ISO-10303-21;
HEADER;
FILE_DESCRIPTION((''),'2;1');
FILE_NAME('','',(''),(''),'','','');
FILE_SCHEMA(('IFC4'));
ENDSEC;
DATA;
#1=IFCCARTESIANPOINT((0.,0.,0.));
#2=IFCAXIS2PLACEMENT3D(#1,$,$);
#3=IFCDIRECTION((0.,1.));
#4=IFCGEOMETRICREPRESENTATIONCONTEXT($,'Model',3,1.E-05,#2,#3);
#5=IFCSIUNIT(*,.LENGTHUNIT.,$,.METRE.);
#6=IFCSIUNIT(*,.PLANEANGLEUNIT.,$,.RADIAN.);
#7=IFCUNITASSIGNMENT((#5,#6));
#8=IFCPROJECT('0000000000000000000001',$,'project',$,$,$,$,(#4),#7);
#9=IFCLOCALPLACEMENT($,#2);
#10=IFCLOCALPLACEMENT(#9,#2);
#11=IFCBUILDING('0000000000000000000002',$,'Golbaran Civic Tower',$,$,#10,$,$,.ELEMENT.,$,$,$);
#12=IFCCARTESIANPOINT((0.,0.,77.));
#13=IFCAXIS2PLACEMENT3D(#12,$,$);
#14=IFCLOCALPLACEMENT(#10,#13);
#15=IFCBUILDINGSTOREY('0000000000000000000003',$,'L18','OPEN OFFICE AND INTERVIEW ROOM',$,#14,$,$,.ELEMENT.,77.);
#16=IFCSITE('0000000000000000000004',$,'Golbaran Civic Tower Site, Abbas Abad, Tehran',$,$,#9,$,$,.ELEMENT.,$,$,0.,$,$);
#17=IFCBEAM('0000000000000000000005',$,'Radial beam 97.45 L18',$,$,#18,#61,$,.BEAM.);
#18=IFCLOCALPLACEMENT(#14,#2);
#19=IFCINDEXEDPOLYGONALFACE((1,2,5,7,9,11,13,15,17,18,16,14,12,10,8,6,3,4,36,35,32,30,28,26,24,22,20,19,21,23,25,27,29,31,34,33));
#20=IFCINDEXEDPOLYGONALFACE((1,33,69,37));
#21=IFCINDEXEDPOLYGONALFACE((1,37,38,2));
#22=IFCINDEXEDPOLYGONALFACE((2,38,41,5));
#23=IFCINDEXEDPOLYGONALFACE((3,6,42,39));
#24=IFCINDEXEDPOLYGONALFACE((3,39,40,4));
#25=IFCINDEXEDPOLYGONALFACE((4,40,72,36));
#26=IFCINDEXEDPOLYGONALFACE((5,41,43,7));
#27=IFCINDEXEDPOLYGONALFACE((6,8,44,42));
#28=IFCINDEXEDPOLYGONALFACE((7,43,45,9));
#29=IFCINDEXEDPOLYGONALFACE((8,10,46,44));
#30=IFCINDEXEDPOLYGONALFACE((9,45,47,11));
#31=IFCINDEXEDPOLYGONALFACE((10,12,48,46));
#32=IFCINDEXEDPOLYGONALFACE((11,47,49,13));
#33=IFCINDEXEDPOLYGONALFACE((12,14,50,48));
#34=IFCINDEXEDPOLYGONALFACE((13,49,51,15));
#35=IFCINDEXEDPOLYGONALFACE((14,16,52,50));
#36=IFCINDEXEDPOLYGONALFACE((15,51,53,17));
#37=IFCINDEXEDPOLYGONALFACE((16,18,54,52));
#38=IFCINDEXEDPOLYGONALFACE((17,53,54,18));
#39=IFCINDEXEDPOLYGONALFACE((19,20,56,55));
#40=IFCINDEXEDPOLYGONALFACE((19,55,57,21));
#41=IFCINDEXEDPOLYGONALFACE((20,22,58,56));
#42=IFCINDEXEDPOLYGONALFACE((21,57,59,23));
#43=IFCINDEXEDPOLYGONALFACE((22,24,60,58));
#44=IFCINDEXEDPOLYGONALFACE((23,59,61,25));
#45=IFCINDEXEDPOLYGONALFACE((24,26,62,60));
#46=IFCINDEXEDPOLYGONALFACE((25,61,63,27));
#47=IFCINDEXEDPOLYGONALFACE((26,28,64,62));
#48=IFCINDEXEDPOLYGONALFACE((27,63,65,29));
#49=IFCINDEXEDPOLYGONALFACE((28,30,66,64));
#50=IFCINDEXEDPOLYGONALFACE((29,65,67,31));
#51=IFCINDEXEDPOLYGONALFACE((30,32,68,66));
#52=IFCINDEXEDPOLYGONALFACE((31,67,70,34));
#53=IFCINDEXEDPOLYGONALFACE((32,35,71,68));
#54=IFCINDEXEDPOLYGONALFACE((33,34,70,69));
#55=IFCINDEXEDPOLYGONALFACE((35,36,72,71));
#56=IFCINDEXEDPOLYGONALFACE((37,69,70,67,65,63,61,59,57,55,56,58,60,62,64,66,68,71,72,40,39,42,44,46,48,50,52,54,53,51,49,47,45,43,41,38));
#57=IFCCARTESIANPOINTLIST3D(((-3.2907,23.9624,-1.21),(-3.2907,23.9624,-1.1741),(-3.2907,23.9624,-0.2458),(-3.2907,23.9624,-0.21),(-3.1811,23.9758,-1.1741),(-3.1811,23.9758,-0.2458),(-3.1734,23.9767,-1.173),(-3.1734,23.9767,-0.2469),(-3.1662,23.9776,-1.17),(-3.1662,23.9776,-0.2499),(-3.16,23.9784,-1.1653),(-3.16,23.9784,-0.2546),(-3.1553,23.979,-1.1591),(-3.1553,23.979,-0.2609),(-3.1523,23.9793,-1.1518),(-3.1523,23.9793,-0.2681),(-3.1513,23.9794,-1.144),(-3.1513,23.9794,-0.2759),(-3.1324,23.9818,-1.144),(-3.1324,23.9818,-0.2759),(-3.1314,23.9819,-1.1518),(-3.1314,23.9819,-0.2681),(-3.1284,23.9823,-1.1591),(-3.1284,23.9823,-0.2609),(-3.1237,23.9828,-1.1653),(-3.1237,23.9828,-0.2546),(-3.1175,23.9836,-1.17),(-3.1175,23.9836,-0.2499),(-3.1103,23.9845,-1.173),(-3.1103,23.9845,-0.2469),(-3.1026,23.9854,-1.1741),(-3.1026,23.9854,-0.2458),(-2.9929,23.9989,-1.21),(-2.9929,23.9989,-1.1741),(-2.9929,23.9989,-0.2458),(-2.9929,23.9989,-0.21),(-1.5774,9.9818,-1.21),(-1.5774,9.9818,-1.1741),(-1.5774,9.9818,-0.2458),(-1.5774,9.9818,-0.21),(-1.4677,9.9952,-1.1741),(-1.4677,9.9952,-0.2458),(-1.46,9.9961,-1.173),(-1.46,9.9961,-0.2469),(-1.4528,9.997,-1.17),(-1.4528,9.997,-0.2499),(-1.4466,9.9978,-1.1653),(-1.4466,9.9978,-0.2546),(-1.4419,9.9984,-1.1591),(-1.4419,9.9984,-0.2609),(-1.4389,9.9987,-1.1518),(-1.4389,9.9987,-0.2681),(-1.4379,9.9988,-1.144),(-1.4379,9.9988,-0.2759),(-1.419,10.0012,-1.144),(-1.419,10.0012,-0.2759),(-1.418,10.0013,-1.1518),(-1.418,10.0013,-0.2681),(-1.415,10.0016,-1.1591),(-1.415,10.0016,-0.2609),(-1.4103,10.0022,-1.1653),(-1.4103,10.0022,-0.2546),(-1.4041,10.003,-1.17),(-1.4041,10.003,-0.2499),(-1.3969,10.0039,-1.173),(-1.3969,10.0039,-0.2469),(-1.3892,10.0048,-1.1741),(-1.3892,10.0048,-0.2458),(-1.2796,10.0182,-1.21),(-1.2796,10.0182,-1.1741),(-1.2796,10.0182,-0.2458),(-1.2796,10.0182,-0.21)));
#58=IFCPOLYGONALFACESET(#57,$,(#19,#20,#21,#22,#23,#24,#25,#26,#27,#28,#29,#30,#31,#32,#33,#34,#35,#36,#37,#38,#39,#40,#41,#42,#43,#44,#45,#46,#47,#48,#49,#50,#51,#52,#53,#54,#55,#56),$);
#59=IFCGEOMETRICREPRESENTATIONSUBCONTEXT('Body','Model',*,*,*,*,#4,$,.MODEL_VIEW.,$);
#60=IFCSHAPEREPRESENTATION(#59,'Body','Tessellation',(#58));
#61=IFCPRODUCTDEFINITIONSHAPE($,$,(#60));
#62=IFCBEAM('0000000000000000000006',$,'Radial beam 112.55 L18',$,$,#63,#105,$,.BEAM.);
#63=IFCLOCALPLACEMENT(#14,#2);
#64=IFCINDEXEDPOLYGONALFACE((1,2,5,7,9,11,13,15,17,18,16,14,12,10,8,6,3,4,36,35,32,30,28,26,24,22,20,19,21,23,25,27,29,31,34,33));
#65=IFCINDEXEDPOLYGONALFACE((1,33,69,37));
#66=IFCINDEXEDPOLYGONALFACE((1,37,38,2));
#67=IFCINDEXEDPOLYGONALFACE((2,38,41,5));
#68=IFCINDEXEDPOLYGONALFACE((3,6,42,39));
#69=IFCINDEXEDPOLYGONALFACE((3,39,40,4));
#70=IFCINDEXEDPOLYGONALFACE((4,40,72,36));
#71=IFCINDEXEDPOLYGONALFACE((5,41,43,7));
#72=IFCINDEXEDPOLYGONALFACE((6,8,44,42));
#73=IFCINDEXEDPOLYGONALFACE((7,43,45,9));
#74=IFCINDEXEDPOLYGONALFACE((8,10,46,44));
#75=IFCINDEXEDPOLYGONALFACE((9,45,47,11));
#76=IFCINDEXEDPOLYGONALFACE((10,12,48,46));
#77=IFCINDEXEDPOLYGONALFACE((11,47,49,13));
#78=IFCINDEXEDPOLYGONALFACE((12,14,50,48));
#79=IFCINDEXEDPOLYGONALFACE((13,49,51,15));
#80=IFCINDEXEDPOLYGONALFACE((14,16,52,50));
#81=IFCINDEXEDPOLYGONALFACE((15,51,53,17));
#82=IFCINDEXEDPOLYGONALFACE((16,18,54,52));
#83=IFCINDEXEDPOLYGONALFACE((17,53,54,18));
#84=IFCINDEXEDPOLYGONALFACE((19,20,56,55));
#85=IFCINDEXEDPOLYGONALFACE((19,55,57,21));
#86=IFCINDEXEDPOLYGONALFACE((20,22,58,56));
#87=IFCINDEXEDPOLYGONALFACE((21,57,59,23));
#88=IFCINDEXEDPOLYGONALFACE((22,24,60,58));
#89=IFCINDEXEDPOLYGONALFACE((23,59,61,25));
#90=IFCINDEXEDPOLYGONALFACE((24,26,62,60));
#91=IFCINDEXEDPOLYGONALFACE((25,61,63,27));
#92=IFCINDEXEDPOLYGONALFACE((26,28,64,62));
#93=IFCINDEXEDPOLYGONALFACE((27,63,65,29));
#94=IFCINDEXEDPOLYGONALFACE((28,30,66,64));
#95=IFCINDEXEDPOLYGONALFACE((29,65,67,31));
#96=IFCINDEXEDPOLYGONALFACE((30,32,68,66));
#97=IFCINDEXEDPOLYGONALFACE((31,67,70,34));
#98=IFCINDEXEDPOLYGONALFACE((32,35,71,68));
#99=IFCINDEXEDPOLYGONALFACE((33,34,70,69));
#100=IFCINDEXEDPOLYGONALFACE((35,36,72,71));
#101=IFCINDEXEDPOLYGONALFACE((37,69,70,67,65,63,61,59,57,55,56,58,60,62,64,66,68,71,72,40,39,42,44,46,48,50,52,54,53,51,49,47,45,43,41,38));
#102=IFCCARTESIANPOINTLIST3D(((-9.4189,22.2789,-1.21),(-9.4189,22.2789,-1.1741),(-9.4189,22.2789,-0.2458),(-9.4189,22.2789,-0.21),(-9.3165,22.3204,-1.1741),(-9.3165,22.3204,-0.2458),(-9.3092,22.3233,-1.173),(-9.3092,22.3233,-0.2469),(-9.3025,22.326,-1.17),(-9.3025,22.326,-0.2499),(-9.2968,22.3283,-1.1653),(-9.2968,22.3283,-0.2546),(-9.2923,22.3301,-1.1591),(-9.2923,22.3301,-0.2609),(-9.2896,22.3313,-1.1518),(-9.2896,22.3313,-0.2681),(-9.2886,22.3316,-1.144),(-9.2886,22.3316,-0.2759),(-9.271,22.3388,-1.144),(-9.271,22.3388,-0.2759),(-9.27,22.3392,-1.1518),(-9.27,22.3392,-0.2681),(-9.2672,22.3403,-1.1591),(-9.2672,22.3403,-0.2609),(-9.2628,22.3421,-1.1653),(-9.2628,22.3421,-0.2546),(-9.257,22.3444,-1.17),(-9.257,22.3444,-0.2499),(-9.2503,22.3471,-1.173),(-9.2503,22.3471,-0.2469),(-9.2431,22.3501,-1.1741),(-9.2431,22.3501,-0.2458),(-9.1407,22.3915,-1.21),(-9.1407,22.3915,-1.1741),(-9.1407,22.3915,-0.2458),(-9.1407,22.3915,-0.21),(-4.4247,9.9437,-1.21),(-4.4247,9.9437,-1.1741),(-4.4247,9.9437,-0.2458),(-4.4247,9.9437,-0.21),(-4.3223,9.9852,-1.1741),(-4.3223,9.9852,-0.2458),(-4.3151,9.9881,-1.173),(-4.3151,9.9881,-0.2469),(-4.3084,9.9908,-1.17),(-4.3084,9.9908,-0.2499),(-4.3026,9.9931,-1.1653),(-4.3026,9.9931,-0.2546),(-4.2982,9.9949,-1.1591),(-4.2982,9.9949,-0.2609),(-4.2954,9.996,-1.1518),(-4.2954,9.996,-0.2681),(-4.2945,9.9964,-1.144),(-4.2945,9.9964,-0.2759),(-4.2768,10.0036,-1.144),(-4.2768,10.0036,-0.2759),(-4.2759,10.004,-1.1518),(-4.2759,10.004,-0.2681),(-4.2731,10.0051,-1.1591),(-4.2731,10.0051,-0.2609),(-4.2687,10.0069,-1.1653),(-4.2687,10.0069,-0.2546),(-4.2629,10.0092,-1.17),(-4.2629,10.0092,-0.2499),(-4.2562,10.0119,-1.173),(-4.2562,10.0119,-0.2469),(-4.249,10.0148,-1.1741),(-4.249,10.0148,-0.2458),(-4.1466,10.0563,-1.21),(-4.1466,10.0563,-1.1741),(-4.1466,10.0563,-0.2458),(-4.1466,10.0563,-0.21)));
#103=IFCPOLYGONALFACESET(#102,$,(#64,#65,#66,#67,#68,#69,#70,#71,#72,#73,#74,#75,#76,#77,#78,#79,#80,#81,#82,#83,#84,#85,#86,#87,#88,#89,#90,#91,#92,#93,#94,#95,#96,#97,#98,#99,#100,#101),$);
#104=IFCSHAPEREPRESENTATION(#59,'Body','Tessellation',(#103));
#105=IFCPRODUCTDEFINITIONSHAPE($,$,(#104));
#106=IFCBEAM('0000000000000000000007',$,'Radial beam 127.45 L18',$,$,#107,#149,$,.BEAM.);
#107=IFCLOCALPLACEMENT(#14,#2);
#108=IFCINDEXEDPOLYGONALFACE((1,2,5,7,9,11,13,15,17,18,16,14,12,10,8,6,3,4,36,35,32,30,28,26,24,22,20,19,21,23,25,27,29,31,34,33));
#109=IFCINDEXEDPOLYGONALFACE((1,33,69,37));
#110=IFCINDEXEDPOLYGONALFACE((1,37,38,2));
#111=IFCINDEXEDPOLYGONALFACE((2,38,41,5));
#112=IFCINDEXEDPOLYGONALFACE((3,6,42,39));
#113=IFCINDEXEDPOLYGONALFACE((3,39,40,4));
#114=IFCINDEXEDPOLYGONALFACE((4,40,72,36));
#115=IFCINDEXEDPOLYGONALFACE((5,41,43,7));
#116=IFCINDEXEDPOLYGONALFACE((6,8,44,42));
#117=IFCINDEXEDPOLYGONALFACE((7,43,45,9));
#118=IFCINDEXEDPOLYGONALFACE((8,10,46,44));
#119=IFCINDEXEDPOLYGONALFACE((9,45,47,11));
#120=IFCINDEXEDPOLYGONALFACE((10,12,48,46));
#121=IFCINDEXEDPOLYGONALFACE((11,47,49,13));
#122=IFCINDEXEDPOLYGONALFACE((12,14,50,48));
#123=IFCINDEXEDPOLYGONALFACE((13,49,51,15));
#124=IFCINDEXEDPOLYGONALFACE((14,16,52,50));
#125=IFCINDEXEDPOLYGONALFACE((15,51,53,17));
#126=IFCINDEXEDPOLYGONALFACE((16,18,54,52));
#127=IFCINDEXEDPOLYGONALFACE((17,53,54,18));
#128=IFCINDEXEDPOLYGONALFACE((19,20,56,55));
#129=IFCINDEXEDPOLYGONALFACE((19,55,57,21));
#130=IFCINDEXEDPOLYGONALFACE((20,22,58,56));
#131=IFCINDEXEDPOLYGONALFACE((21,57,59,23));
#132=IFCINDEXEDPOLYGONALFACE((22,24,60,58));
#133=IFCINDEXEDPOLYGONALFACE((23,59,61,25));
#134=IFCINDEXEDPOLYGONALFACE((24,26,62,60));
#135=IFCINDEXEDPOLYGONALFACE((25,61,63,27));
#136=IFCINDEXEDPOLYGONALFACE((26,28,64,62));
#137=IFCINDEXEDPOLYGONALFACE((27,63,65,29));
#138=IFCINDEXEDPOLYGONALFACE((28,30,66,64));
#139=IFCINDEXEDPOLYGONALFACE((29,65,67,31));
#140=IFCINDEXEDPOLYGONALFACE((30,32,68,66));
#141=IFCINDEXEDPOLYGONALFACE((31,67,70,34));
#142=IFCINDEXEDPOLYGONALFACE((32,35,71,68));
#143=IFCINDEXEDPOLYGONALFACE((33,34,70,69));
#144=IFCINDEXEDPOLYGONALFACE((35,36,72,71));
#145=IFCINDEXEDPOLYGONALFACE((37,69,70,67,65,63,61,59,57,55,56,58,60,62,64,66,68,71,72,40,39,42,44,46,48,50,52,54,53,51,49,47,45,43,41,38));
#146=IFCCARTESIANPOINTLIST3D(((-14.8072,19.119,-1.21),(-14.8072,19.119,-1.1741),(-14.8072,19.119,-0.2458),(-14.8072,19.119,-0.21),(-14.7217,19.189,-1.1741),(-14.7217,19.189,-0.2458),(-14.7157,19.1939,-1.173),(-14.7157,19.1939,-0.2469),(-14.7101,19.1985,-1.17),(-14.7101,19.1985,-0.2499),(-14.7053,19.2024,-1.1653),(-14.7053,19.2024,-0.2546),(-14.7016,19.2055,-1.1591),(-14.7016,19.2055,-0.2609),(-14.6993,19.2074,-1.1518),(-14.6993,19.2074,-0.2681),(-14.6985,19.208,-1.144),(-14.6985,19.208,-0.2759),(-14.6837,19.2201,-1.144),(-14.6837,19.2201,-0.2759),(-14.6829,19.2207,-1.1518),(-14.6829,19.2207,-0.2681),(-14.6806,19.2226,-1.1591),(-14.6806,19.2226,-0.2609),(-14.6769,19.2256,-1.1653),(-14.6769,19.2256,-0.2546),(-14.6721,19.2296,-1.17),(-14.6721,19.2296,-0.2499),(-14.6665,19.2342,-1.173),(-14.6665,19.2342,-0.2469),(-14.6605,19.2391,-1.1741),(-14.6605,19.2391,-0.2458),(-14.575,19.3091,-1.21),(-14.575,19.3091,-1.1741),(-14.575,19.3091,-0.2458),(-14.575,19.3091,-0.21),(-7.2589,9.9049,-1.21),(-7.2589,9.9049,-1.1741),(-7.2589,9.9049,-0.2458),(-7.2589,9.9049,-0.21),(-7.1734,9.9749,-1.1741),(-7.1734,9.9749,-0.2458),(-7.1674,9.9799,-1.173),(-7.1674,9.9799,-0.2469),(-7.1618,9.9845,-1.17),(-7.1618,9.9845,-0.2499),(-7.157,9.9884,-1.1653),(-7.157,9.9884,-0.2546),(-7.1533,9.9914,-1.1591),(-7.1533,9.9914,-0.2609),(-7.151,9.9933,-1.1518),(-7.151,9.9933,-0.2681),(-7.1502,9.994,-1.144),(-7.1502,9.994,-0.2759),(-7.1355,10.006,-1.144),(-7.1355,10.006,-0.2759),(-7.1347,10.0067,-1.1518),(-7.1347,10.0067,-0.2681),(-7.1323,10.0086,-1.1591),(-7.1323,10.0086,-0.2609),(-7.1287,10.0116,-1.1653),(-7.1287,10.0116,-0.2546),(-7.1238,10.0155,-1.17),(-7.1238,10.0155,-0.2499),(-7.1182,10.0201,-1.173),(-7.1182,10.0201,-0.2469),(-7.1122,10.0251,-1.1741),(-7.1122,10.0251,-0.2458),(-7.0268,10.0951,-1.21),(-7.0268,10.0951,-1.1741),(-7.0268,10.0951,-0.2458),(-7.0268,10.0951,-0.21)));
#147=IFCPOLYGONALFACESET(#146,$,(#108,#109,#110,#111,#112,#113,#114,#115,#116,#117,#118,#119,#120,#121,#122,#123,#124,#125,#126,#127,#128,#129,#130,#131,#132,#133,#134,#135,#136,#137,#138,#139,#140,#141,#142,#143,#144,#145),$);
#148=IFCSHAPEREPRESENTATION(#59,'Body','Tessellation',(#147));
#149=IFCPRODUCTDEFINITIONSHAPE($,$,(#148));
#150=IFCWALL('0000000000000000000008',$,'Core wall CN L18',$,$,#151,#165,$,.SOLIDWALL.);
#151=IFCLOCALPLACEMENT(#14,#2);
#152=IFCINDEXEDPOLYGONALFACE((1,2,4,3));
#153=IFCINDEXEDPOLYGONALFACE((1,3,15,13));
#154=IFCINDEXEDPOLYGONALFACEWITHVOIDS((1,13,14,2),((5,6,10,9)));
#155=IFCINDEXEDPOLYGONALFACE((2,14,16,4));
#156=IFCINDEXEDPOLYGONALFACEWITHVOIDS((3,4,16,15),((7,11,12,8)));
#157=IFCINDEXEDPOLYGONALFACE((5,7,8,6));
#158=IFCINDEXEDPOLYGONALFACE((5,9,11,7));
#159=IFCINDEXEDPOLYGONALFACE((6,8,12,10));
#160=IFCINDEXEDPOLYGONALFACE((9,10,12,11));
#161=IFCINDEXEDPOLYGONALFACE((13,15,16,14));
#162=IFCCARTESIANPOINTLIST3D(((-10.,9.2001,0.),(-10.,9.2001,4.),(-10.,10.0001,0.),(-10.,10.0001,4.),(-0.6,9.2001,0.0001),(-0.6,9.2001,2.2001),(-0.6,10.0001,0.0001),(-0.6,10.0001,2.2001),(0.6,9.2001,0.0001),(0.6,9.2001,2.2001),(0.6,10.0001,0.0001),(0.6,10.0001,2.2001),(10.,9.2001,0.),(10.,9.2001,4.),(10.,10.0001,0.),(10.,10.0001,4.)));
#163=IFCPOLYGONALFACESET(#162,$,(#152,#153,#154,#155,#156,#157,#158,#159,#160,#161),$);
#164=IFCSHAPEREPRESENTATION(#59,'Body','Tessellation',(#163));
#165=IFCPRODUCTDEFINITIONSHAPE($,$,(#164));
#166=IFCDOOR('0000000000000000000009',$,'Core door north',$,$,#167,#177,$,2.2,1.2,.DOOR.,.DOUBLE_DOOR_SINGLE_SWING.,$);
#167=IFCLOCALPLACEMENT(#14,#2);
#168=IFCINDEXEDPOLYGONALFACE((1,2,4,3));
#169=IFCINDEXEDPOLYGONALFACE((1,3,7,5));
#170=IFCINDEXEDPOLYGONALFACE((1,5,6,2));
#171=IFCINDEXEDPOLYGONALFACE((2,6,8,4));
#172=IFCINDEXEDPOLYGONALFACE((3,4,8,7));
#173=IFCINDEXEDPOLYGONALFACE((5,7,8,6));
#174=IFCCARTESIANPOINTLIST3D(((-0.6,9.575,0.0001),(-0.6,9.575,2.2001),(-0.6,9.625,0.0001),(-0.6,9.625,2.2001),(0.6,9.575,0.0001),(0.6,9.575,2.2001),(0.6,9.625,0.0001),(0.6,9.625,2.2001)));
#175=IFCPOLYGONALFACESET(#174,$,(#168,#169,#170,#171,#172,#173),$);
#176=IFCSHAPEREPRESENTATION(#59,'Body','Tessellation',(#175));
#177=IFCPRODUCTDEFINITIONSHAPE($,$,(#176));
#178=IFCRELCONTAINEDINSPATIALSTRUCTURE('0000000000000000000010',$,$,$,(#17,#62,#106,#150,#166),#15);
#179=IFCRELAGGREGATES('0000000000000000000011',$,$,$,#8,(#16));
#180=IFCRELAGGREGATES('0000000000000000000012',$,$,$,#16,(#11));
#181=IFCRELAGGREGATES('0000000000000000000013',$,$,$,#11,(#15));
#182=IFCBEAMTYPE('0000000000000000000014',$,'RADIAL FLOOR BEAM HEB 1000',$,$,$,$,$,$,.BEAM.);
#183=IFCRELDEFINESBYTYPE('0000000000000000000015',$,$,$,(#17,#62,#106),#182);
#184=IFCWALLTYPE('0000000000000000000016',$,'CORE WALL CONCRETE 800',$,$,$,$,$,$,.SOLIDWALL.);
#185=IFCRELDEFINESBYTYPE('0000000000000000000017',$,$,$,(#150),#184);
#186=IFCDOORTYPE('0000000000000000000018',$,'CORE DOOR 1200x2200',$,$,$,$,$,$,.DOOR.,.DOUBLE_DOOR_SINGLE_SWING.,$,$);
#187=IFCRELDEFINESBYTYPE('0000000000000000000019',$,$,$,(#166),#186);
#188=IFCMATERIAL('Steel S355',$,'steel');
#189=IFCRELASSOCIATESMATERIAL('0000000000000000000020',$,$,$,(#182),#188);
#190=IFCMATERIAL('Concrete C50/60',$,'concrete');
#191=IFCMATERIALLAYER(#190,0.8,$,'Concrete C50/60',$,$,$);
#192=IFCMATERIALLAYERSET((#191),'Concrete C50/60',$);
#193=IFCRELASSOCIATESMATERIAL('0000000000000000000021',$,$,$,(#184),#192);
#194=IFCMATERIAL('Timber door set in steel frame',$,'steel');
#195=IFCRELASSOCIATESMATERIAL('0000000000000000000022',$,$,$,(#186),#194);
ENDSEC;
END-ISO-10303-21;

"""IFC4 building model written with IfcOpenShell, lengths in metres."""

from ifc_helpers import new_model, si_unit, direction, frame, frame_2d, origin, origin_2d, place, context, subcontext, project, spatial, rectangle, i_section, extrude, material, layer, layer_set, material_profile, profile_set, type_object, element, fill, save


model = new_model("IFC4")

# Units and contexts
model_context = context("Model", 3, precision=1e-05, world=origin(), true_north=direction((0.0, 1.0)))
body_context = subcontext(model_context, "Body", "Model", "MODEL_VIEW")
ifc_project = project(units=[si_unit("LENGTHUNIT", "METRE"), si_unit("PLANEANGLEUNIT", "RADIAN")], contexts=[model_context])

# Site, building, storey
site_placement = place(None, origin())
site = spatial("IfcSite", under=ifc_project, at=site_placement, Name="Golbaran Civic Tower Site, Abbas Abad, Tehran", CompositionType="ELEMENT", RefElevation=0.0)
building_placement = place(site_placement, origin())
building = spatial("IfcBuilding", under=site, at=building_placement, Name="Golbaran Civic Tower", CompositionType="ELEMENT")
storey_placement = place(building_placement, frame((0.0, 0.0, 77.0)))
storey = spatial("IfcBuildingStorey", under=building, at=storey_placement, Name="L18", Description="OPEN OFFICE AND INTERVIEW ROOM", CompositionType="ELEMENT", Elevation=77.0)

# Beams
ifc_material_1 = material(Name="Steel S355", Category="steel")
ifc_material_profile_1 = material_profile(ifc_material_1, i_section(OverallWidth=0.3, OverallDepth=1.0, WebThickness=0.019, FlangeThickness=0.0359, FilletRadius=0.03, at=origin_2d()), Name="HEB 1000")
ifc_profile_set_1 = profile_set([ifc_material_profile_1], Name="Steel S355")
beam_type_1 = type_object("IfcBeamType", Name="RADIAL FLOOR BEAM HEB 1000", PredefinedType="BEAM", material=ifc_profile_set_1)
beam_1_placement = place(storey_placement, frame((-1.4285, 10.0, -0.71), z_axis=(-0.121643, 0.992574, 0.0), x_axis=(-0.992574, -0.121643, 0.0)))
element("IfcBeam", 1, at=beam_1_placement, inside=storey, type_object=beam_type_1, Name="Radial beam 97.45 L18", PredefinedType="BEAM", context=body_context, shape_type="SweptSolid", body=[
    extrude(i_section(OverallWidth=0.3, OverallDepth=1.0, WebThickness=0.019, FlangeThickness=0.0359, FilletRadius=0.03, at=origin_2d()), origin(), (0.0, 0.0, 1.0), 14.0852),
])
beam_2_placement = place(storey_placement, frame((-4.2856, 10.0, -0.71), z_axis=(-0.375278, 0.926912, 0.0), x_axis=(-0.926912, -0.375278, 0.0)))
element("IfcBeam", 2, at=beam_2_placement, inside=storey, type_object=beam_type_1, Name="Radial beam 112.55 L18", PredefinedType="BEAM", context=body_context, shape_type="SweptSolid", body=[
    extrude(i_section(OverallWidth=0.3, OverallDepth=1.0, WebThickness=0.019, FlangeThickness=0.0359, FilletRadius=0.03, at=origin_2d()), origin(), (0.0, 0.0, 1.0), 13.3079),
])
beam_3_placement = place(storey_placement, frame((-7.1428, 10.0, -0.71), z_axis=(-0.633717, 0.773565, 0.0), x_axis=(-0.773565, -0.633717, 0.0)))
element("IfcBeam", 3, at=beam_3_placement, inside=storey, type_object=beam_type_1, Name="Radial beam 127.45 L18", PredefinedType="BEAM", context=body_context, shape_type="SweptSolid", body=[
    extrude(i_section(OverallWidth=0.3, OverallDepth=1.0, WebThickness=0.019, FlangeThickness=0.0359, FilletRadius=0.03, at=origin_2d()), origin(), (0.0, 0.0, 1.0), 11.9111),
])

# Wall, opening, door
ifc_material_2 = material(Name="Concrete C50/60", Category="concrete")
ifc_layer_1 = layer(ifc_material_2, 0.8, Name="Concrete C50/60")
ifc_layer_set_1 = layer_set([ifc_layer_1], Name="Concrete C50/60")
wall_type_1 = type_object("IfcWallType", Name="CORE WALL CONCRETE 800", PredefinedType="SOLIDWALL", material=ifc_layer_set_1)
wall_1_placement = place(storey_placement, frame((-10.0, 9.6001, 0.0), z_axis=(0.0, 0.0, 1.0), x_axis=(1.0, 0.0, 0.0)))
wall_1 = element("IfcWall", 4, at=wall_1_placement, inside=storey, type_object=wall_type_1, Name="Core wall CN L18", PredefinedType="SOLIDWALL", context=body_context, shape_type="SweptSolid", body=[
    extrude(rectangle(XDim=20.0, YDim=0.8, at=frame_2d((10.0, 0.0))), origin(), (0.0, 0.0, 1.0), 4.0),
])
opening_1_placement = place(wall_1_placement, frame((9.3999, 0.0, 0.0)))
opening_1 = element("IfcOpeningElement", 5, at=opening_1_placement, cuts=wall_1, PredefinedType="OPENING", context=body_context, shape_type="SweptSolid", body=[
    extrude(rectangle(XDim=1.2, YDim=2.2, at=frame_2d((0.6001, 1.1001))), frame((0.0, 0.4099, 0.0), z_axis=(0.0, -1.0, 0.0), x_axis=(1.0, 0.0, 0.0)), (0.0, 0.0, 1.0), 0.8201),
])
ifc_material_3 = material(Name="Timber door set in steel frame", Category="steel")
door_type_1 = type_object("IfcDoorType", Name="CORE DOOR 1200x2200", OperationType="DOUBLE_DOOR_SINGLE_SWING", PredefinedType="DOOR", material=ifc_material_3)
door_1_placement = place(opening_1_placement, origin())
door_1 = element("IfcDoor", 6, at=door_1_placement, inside=storey, type_object=door_type_1, Name="Core door north", OperationType="DOUBLE_DOOR_SINGLE_SWING", OverallHeight=2.2, OverallWidth=1.2, PredefinedType="DOOR", context=body_context, shape_type="SweptSolid", body=[
    extrude(rectangle(XDim=1.2, YDim=2.2, at=frame_2d((0.6001, 1.1001))), frame((0.0, 0.0249, 0.0), z_axis=(0.0, -1.0, 0.0), x_axis=(1.0, 0.0, 0.0)), (0.0, 0.0, 1.0), 0.05),
])
fill(opening_1, door_1)

save(model, "model.ifc")
